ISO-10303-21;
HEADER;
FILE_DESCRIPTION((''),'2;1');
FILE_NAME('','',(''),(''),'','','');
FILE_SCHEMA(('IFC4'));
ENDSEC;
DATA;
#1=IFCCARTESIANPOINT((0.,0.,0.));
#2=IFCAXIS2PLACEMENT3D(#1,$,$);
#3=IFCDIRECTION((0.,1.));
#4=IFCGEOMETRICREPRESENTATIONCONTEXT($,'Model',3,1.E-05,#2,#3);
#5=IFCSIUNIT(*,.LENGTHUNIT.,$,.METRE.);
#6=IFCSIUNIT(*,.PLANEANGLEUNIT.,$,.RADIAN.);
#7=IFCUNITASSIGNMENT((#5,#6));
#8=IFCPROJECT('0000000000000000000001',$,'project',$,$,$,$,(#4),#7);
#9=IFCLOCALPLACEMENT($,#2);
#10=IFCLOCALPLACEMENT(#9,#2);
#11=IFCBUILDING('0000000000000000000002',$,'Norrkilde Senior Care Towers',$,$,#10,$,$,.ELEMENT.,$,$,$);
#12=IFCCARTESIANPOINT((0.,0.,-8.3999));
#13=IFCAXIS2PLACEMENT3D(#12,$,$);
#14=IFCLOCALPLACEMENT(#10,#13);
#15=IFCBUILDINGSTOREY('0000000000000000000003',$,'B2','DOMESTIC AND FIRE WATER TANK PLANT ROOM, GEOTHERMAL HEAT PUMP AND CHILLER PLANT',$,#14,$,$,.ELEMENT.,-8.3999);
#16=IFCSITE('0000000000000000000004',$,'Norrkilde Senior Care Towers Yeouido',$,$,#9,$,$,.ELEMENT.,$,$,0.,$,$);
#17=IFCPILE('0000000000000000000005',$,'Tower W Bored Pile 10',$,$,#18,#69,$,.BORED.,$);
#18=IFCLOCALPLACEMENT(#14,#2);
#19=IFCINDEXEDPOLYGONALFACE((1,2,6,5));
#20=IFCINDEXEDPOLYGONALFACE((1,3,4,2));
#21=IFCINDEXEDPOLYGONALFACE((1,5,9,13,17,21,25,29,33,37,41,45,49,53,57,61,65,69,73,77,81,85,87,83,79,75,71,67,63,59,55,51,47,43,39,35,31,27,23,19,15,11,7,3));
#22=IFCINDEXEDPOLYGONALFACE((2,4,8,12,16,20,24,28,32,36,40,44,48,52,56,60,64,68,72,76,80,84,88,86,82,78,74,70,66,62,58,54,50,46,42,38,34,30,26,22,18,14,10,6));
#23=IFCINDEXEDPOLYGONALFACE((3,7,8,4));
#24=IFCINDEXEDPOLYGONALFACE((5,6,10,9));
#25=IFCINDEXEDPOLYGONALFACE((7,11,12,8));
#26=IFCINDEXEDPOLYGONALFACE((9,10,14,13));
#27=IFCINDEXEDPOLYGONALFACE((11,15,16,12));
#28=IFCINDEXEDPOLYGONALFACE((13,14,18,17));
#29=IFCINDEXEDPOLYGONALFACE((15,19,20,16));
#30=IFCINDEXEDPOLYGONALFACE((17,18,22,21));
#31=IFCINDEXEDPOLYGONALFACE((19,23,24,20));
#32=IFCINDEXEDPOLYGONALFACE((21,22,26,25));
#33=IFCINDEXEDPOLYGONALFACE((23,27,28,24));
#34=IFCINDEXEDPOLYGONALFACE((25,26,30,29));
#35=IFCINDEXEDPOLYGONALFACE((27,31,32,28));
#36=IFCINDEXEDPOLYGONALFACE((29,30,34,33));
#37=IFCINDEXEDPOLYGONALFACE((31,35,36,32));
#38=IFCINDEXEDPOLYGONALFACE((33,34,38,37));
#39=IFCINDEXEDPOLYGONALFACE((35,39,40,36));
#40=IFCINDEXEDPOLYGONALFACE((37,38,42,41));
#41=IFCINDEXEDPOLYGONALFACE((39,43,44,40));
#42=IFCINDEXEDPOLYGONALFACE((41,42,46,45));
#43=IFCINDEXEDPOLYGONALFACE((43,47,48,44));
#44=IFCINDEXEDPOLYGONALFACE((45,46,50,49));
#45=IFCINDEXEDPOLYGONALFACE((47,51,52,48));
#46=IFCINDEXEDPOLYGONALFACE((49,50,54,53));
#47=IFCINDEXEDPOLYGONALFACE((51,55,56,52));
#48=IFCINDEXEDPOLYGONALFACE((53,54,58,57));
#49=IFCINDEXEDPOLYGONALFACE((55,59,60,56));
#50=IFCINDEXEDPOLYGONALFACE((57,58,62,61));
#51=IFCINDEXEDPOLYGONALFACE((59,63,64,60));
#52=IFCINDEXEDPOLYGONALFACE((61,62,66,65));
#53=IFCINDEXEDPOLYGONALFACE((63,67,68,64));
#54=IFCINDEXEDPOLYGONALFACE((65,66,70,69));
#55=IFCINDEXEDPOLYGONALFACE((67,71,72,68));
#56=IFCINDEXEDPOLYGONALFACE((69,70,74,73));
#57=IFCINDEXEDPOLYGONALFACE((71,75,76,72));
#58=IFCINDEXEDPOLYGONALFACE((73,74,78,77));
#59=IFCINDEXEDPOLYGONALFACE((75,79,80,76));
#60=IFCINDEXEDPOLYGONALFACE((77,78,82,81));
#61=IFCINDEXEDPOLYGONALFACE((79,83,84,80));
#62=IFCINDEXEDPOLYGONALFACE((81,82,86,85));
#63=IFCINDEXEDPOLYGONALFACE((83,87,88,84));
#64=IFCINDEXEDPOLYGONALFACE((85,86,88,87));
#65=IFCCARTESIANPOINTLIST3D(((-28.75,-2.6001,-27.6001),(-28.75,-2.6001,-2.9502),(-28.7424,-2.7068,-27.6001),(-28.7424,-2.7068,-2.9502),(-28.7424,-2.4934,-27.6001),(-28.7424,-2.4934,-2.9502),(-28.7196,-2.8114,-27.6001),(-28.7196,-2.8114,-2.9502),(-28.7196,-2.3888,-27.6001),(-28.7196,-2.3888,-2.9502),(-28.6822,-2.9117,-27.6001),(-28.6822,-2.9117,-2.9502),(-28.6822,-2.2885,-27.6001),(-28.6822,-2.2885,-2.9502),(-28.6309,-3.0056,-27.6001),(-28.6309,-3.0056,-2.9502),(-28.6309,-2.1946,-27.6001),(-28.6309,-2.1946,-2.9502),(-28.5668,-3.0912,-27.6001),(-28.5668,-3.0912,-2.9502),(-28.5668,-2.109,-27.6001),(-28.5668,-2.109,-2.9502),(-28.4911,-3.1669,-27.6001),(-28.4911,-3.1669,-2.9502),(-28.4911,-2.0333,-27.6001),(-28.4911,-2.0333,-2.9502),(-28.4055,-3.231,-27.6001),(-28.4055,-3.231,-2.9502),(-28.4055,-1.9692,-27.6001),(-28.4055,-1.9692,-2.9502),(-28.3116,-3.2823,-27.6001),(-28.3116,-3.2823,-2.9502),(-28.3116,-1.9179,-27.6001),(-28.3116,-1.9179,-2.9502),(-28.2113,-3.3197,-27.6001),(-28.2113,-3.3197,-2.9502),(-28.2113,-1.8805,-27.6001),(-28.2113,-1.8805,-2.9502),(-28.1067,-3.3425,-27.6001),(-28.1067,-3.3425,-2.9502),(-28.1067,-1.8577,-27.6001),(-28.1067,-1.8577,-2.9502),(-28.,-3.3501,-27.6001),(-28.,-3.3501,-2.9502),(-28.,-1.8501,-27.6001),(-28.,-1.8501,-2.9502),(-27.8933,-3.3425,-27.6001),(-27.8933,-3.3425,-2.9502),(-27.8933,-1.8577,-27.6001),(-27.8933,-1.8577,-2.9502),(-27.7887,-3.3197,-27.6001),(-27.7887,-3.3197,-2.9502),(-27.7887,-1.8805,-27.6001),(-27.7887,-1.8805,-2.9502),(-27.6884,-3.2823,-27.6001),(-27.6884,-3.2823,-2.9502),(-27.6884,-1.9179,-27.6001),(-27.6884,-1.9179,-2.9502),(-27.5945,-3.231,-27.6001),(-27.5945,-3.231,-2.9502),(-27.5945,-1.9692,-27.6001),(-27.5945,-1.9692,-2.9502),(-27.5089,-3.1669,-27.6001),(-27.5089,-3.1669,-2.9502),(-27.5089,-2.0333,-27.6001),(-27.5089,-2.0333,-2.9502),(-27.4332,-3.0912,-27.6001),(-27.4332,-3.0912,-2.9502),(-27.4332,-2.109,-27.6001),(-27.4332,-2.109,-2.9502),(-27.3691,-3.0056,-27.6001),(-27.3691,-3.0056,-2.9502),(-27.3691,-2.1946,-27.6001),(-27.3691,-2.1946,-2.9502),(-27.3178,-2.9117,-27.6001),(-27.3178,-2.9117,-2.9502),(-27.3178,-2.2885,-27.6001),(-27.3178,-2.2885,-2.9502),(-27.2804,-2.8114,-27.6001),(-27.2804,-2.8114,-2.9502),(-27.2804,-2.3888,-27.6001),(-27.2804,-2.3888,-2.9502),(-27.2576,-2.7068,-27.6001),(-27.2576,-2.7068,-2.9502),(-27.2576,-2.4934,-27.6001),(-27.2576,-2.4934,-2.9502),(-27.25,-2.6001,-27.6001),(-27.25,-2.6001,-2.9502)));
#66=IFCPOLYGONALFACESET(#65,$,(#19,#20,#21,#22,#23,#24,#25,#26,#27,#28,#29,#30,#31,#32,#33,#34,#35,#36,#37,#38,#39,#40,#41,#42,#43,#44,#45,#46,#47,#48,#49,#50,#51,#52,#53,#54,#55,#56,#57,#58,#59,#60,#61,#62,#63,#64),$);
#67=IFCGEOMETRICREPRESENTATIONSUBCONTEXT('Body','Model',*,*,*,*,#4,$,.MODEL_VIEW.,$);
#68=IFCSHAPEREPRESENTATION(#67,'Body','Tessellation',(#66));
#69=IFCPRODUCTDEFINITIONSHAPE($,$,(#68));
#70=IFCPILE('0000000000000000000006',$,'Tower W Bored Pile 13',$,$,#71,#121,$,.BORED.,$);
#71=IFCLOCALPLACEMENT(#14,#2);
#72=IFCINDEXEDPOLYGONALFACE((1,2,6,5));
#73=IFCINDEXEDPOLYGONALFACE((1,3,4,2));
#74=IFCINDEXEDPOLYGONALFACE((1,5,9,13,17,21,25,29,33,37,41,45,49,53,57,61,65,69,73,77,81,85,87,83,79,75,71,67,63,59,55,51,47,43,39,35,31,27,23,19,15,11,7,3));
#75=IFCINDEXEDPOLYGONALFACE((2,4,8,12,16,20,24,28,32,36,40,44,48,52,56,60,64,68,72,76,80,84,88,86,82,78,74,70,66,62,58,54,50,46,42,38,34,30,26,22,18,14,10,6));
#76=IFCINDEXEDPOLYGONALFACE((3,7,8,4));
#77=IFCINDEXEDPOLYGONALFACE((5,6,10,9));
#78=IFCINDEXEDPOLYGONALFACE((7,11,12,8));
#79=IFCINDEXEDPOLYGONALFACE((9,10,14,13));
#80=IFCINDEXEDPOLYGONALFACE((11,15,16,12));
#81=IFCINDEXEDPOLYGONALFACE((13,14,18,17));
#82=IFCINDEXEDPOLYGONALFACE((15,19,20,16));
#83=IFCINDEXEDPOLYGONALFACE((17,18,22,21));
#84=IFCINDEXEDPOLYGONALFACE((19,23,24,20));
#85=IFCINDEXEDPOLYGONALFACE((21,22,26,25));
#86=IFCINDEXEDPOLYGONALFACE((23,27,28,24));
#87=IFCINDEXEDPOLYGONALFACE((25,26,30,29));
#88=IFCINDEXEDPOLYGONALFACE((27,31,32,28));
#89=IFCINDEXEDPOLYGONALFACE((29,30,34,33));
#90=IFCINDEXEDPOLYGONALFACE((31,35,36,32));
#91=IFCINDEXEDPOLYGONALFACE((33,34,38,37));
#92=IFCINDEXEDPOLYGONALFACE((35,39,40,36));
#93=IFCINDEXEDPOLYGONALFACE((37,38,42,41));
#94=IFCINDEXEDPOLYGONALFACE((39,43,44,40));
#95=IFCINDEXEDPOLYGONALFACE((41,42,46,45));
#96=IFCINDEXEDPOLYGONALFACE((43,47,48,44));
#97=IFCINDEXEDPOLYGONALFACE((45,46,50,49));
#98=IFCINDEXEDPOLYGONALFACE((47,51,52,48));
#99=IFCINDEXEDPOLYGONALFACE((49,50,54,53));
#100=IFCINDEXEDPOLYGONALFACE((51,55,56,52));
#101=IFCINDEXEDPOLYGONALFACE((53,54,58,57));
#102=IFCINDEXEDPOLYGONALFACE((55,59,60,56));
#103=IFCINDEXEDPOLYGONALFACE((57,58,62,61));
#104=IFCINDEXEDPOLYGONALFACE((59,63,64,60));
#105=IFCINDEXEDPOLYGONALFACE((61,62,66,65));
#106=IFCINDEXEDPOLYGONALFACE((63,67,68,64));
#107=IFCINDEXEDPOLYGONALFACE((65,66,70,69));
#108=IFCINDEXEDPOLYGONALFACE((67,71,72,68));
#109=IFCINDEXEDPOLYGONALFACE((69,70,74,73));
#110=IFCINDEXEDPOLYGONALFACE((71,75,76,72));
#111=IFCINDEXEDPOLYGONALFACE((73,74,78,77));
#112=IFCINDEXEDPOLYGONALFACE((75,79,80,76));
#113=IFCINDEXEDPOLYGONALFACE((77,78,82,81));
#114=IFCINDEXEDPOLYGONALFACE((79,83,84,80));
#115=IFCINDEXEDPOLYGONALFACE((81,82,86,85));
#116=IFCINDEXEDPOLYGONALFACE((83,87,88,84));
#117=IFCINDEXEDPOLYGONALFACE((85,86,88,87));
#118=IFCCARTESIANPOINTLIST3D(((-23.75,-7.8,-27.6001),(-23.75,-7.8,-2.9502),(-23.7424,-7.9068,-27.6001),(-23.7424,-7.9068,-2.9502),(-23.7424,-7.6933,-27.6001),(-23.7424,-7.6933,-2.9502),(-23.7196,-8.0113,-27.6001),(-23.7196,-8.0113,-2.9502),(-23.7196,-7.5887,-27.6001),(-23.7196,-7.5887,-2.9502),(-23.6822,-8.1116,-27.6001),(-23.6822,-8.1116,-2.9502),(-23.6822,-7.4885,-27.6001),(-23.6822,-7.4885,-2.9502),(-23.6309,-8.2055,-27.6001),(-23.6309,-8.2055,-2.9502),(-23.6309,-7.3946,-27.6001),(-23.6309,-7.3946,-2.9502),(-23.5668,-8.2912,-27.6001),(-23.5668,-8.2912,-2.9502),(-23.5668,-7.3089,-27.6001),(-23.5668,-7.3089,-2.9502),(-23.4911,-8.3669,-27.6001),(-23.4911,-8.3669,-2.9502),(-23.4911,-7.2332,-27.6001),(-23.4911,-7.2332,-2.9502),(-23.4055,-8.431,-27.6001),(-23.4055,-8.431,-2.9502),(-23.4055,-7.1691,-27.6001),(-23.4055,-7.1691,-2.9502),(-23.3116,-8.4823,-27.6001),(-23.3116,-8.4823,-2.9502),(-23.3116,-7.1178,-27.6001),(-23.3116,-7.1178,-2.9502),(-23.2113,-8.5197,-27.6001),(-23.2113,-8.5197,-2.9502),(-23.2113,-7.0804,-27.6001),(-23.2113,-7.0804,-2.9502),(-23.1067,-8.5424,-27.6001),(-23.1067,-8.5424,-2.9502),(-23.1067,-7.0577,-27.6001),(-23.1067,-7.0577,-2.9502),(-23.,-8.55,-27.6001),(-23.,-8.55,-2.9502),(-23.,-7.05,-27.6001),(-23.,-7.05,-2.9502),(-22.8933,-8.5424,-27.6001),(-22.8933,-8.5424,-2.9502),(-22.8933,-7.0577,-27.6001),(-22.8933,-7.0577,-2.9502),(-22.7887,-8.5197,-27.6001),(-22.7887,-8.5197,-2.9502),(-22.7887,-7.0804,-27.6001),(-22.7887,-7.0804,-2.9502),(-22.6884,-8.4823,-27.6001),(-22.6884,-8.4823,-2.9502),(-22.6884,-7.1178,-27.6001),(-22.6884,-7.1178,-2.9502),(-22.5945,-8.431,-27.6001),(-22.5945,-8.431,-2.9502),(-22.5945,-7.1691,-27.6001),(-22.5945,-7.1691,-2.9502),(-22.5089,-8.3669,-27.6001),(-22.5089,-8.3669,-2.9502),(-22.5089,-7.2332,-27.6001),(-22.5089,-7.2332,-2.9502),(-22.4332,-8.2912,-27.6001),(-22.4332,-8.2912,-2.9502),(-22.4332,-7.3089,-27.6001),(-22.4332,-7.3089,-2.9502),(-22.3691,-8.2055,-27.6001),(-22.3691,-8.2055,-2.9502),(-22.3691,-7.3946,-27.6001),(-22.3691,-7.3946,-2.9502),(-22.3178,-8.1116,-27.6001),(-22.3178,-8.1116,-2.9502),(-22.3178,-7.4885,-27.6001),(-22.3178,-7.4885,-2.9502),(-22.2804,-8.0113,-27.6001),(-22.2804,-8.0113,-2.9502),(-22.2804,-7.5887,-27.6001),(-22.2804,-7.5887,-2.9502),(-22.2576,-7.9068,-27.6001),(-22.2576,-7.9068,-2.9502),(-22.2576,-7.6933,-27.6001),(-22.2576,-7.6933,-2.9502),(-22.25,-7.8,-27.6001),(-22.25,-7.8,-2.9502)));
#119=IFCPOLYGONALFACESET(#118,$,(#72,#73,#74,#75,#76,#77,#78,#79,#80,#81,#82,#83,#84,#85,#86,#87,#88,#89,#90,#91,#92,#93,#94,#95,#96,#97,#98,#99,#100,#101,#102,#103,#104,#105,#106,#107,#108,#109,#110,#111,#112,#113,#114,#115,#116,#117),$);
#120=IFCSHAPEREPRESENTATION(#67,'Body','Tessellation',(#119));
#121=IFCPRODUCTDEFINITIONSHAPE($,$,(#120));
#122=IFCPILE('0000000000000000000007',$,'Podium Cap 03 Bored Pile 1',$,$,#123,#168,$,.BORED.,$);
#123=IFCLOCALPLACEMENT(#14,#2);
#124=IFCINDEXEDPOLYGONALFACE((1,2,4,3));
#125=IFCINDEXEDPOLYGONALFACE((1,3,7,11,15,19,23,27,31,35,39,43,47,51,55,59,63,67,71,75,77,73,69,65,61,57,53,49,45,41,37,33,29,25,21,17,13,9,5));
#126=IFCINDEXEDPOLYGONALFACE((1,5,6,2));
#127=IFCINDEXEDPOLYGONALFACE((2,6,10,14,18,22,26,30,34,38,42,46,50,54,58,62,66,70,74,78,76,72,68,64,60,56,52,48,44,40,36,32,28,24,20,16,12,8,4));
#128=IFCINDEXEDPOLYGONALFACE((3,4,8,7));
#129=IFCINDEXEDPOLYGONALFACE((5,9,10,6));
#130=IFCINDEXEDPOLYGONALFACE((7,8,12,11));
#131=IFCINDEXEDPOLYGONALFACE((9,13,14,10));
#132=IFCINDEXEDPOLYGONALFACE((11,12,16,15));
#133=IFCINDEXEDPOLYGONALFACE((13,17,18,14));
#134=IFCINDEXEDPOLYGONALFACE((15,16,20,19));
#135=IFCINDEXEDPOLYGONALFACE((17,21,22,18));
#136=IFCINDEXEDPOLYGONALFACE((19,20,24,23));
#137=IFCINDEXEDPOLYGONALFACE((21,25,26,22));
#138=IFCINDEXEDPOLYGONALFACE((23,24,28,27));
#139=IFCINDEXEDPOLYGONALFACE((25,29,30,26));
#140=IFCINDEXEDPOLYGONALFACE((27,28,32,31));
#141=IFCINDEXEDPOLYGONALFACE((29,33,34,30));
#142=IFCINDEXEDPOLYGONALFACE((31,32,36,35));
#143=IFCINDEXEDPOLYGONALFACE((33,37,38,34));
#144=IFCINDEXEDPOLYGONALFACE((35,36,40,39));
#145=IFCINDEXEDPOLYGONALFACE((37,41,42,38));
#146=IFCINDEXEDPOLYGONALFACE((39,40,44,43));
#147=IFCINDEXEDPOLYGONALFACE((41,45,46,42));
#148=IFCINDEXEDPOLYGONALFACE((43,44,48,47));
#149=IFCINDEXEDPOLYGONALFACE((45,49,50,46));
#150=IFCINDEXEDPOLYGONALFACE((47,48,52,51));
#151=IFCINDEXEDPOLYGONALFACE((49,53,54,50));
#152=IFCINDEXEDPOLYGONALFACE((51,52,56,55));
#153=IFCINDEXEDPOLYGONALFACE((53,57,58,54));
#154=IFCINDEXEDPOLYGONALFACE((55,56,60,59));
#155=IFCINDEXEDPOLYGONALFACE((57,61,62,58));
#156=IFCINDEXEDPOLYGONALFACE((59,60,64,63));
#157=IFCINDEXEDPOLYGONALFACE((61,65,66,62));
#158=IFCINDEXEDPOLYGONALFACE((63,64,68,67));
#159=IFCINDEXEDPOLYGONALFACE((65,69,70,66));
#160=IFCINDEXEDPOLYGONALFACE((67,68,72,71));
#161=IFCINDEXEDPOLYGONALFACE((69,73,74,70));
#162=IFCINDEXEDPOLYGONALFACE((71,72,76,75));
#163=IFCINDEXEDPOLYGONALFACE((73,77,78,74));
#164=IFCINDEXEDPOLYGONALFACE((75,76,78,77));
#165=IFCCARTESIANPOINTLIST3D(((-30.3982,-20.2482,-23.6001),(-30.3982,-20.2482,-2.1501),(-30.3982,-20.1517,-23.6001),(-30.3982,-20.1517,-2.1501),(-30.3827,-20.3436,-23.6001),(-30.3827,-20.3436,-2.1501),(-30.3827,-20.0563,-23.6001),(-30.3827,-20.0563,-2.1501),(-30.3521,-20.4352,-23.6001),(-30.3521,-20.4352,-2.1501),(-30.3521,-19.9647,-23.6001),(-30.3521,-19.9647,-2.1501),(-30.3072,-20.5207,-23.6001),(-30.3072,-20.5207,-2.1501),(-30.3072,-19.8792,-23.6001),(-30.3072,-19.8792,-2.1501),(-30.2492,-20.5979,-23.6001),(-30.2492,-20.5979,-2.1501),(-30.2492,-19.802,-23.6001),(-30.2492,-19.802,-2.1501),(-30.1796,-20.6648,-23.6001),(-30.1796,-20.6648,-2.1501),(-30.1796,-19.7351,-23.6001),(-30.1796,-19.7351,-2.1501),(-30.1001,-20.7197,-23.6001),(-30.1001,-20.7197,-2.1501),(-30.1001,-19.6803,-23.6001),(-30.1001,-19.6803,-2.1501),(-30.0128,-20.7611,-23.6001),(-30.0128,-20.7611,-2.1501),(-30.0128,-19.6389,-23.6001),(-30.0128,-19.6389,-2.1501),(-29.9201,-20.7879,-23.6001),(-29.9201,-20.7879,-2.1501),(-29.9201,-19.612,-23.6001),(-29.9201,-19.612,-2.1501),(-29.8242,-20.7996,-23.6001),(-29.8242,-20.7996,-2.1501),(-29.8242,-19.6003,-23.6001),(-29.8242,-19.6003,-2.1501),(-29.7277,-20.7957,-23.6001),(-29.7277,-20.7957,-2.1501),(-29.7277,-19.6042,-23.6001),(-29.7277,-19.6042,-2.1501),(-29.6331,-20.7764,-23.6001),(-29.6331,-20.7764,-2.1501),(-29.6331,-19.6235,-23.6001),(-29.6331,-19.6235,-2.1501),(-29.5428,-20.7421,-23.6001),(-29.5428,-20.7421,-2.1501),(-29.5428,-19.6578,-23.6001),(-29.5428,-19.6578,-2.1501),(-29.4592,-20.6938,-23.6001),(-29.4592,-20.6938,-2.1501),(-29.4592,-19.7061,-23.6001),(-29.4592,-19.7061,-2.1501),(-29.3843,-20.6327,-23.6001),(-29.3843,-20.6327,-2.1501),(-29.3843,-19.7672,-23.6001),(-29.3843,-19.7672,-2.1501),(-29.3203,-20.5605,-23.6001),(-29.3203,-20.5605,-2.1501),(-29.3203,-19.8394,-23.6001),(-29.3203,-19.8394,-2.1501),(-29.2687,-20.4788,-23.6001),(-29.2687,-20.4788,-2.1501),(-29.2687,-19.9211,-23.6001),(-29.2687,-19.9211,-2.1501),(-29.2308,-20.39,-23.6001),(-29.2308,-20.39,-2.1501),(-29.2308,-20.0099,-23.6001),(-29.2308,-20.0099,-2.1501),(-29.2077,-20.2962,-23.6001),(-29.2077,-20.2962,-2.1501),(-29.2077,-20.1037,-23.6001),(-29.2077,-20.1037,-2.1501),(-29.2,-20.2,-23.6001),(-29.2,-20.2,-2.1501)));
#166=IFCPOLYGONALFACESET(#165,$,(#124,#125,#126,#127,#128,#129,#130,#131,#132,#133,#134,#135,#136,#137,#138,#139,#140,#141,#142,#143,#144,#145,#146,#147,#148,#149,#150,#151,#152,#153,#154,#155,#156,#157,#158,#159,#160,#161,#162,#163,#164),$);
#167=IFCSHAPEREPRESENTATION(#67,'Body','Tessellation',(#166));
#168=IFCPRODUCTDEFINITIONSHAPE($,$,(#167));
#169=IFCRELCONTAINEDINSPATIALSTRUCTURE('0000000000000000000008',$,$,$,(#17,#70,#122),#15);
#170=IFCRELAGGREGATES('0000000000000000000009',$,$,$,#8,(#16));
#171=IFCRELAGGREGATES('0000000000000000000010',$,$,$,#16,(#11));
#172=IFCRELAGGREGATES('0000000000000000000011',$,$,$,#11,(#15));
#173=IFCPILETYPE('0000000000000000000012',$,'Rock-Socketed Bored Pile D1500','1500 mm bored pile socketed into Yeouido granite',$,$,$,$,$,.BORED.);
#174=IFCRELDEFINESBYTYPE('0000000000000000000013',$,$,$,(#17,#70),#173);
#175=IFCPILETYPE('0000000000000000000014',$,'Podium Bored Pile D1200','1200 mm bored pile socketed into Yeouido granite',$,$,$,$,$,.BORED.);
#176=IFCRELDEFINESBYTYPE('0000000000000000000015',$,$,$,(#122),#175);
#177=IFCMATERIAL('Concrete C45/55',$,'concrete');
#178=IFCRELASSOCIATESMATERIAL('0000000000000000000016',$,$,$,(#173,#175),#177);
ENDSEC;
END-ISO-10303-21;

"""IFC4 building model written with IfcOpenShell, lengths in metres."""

from ifc_helpers import new_model, si_unit, direction, frame, origin, origin_2d, place, context, subcontext, project, spatial, circle, extrude, source, transform, mapped, material, material_profile, profile_set, type_object, type_shapes, element, save


model = new_model("IFC4")

# Units and contexts
model_context = context("Model", 3, precision=1e-05, world=origin(), true_north=direction((0.0, 1.0)))
body_context = subcontext(model_context, "Body", "Model", "MODEL_VIEW")
ifc_project = project(units=[si_unit("LENGTHUNIT", "METRE"), si_unit("PLANEANGLEUNIT", "RADIAN")], contexts=[model_context])

# Site, building, storey
site_placement = place(None, origin())
site = spatial("IfcSite", under=ifc_project, at=site_placement, Name="Norrkilde Senior Care Towers Yeouido", CompositionType="ELEMENT", RefElevation=0.0)
building_placement = place(site_placement, origin())
building = spatial("IfcBuilding", under=site, at=building_placement, Name="Norrkilde Senior Care Towers", CompositionType="ELEMENT")
storey_placement = place(building_placement, frame((0.0, 0.0, -8.3999)))
storey = spatial("IfcBuildingStorey", under=building, at=storey_placement, Name="B2", Description="DOMESTIC AND FIRE WATER TANK PLANT ROOM, GEOTHERMAL HEAT PUMP AND CHILLER PLANT", CompositionType="ELEMENT", Elevation=-8.3999)

# Piles
ifc_material_1 = material(Name="Concrete C45/55", Category="concrete")
ifc_material_profile_1 = material_profile(ifc_material_1, circle(Radius=0.75, at=origin_2d()), Name="BORED PILE 1500")
ifc_profile_set_1 = profile_set([ifc_material_profile_1], Name="Concrete C45/55")
pile_type_1 = type_object("IfcPileType", Name="Rock-Socketed Bored Pile D1500", Description="1500 mm bored pile socketed into Yeouido granite", PredefinedType="BORED", material=ifc_profile_set_1)
shared_shape_1 = source(origin(), body_context, "Body", "SweptSolid", [
    extrude(circle(Radius=0.75, at=origin_2d()), origin(), (0.0, 0.0, 1.0), 24.6499),
])
type_shapes(pile_type_1, [shared_shape_1])
for number, where, z_axis, x_axis, name in (
    (1, (-28.0, -2.6001, -2.9502), (0.0, 0.0, -1.0), (1.0, 0.0, 0.0), "Tower W Bored Pile 10"),
    (2, (-23.0, -7.8, -2.9502), (0.0, 0.0, -1.0), (1.0, 0.0, 0.0), "Tower W Bored Pile 13"),
):
    element("IfcPile", number, at=place(storey_placement, frame(where, z_axis=z_axis, x_axis=x_axis)), inside=storey, type_object=pile_type_1, Name=name, PredefinedType="BORED", context=body_context, shape_type="MappedRepresentation", body=[
        mapped(shared_shape_1, transform((0.0, 0.0, 0.0), x_axis=(1.0, 0.0, 0.0), y_axis=(0.0, 1.0, 0.0), z_axis=(0.0, 0.0, 1.0), scale=1.0)),
    ])
ifc_material_profile_2 = material_profile(ifc_material_1, circle(Radius=0.6001, at=origin_2d()), Name="BORED PILE 1200")
ifc_profile_set_2 = profile_set([ifc_material_profile_2], Name="Concrete C45/55")
pile_type_2 = type_object("IfcPileType", Name="Podium Bored Pile D1200", Description="1200 mm bored pile socketed into Yeouido granite", PredefinedType="BORED", material=ifc_profile_set_2)
shared_shape_2 = source(origin(), body_context, "Body", "SweptSolid", [
    extrude(circle(Radius=0.6001, at=origin_2d()), origin(), (0.0, 0.0, 1.0), 21.45),
])
type_shapes(pile_type_2, [shared_shape_2])
for number, where, z_axis, x_axis, name in (
    (3, (-29.8, -20.2, -2.1501), (0.0, 0.0, -1.0), (1.0, 0.0, 0.0), "Podium Cap 03 Bored Pile 1"),
):
    element("IfcPile", number, at=place(storey_placement, frame(where, z_axis=z_axis, x_axis=x_axis)), inside=storey, type_object=pile_type_2, Name=name, PredefinedType="BORED", context=body_context, shape_type="MappedRepresentation", body=[
        mapped(shared_shape_2, transform((0.0, 0.0, 0.0), x_axis=(1.0, 0.0, 0.0), y_axis=(0.0, 1.0, 0.0), z_axis=(0.0, 0.0, 1.0), scale=1.0)),
    ])

save(model, "model.ifc")
